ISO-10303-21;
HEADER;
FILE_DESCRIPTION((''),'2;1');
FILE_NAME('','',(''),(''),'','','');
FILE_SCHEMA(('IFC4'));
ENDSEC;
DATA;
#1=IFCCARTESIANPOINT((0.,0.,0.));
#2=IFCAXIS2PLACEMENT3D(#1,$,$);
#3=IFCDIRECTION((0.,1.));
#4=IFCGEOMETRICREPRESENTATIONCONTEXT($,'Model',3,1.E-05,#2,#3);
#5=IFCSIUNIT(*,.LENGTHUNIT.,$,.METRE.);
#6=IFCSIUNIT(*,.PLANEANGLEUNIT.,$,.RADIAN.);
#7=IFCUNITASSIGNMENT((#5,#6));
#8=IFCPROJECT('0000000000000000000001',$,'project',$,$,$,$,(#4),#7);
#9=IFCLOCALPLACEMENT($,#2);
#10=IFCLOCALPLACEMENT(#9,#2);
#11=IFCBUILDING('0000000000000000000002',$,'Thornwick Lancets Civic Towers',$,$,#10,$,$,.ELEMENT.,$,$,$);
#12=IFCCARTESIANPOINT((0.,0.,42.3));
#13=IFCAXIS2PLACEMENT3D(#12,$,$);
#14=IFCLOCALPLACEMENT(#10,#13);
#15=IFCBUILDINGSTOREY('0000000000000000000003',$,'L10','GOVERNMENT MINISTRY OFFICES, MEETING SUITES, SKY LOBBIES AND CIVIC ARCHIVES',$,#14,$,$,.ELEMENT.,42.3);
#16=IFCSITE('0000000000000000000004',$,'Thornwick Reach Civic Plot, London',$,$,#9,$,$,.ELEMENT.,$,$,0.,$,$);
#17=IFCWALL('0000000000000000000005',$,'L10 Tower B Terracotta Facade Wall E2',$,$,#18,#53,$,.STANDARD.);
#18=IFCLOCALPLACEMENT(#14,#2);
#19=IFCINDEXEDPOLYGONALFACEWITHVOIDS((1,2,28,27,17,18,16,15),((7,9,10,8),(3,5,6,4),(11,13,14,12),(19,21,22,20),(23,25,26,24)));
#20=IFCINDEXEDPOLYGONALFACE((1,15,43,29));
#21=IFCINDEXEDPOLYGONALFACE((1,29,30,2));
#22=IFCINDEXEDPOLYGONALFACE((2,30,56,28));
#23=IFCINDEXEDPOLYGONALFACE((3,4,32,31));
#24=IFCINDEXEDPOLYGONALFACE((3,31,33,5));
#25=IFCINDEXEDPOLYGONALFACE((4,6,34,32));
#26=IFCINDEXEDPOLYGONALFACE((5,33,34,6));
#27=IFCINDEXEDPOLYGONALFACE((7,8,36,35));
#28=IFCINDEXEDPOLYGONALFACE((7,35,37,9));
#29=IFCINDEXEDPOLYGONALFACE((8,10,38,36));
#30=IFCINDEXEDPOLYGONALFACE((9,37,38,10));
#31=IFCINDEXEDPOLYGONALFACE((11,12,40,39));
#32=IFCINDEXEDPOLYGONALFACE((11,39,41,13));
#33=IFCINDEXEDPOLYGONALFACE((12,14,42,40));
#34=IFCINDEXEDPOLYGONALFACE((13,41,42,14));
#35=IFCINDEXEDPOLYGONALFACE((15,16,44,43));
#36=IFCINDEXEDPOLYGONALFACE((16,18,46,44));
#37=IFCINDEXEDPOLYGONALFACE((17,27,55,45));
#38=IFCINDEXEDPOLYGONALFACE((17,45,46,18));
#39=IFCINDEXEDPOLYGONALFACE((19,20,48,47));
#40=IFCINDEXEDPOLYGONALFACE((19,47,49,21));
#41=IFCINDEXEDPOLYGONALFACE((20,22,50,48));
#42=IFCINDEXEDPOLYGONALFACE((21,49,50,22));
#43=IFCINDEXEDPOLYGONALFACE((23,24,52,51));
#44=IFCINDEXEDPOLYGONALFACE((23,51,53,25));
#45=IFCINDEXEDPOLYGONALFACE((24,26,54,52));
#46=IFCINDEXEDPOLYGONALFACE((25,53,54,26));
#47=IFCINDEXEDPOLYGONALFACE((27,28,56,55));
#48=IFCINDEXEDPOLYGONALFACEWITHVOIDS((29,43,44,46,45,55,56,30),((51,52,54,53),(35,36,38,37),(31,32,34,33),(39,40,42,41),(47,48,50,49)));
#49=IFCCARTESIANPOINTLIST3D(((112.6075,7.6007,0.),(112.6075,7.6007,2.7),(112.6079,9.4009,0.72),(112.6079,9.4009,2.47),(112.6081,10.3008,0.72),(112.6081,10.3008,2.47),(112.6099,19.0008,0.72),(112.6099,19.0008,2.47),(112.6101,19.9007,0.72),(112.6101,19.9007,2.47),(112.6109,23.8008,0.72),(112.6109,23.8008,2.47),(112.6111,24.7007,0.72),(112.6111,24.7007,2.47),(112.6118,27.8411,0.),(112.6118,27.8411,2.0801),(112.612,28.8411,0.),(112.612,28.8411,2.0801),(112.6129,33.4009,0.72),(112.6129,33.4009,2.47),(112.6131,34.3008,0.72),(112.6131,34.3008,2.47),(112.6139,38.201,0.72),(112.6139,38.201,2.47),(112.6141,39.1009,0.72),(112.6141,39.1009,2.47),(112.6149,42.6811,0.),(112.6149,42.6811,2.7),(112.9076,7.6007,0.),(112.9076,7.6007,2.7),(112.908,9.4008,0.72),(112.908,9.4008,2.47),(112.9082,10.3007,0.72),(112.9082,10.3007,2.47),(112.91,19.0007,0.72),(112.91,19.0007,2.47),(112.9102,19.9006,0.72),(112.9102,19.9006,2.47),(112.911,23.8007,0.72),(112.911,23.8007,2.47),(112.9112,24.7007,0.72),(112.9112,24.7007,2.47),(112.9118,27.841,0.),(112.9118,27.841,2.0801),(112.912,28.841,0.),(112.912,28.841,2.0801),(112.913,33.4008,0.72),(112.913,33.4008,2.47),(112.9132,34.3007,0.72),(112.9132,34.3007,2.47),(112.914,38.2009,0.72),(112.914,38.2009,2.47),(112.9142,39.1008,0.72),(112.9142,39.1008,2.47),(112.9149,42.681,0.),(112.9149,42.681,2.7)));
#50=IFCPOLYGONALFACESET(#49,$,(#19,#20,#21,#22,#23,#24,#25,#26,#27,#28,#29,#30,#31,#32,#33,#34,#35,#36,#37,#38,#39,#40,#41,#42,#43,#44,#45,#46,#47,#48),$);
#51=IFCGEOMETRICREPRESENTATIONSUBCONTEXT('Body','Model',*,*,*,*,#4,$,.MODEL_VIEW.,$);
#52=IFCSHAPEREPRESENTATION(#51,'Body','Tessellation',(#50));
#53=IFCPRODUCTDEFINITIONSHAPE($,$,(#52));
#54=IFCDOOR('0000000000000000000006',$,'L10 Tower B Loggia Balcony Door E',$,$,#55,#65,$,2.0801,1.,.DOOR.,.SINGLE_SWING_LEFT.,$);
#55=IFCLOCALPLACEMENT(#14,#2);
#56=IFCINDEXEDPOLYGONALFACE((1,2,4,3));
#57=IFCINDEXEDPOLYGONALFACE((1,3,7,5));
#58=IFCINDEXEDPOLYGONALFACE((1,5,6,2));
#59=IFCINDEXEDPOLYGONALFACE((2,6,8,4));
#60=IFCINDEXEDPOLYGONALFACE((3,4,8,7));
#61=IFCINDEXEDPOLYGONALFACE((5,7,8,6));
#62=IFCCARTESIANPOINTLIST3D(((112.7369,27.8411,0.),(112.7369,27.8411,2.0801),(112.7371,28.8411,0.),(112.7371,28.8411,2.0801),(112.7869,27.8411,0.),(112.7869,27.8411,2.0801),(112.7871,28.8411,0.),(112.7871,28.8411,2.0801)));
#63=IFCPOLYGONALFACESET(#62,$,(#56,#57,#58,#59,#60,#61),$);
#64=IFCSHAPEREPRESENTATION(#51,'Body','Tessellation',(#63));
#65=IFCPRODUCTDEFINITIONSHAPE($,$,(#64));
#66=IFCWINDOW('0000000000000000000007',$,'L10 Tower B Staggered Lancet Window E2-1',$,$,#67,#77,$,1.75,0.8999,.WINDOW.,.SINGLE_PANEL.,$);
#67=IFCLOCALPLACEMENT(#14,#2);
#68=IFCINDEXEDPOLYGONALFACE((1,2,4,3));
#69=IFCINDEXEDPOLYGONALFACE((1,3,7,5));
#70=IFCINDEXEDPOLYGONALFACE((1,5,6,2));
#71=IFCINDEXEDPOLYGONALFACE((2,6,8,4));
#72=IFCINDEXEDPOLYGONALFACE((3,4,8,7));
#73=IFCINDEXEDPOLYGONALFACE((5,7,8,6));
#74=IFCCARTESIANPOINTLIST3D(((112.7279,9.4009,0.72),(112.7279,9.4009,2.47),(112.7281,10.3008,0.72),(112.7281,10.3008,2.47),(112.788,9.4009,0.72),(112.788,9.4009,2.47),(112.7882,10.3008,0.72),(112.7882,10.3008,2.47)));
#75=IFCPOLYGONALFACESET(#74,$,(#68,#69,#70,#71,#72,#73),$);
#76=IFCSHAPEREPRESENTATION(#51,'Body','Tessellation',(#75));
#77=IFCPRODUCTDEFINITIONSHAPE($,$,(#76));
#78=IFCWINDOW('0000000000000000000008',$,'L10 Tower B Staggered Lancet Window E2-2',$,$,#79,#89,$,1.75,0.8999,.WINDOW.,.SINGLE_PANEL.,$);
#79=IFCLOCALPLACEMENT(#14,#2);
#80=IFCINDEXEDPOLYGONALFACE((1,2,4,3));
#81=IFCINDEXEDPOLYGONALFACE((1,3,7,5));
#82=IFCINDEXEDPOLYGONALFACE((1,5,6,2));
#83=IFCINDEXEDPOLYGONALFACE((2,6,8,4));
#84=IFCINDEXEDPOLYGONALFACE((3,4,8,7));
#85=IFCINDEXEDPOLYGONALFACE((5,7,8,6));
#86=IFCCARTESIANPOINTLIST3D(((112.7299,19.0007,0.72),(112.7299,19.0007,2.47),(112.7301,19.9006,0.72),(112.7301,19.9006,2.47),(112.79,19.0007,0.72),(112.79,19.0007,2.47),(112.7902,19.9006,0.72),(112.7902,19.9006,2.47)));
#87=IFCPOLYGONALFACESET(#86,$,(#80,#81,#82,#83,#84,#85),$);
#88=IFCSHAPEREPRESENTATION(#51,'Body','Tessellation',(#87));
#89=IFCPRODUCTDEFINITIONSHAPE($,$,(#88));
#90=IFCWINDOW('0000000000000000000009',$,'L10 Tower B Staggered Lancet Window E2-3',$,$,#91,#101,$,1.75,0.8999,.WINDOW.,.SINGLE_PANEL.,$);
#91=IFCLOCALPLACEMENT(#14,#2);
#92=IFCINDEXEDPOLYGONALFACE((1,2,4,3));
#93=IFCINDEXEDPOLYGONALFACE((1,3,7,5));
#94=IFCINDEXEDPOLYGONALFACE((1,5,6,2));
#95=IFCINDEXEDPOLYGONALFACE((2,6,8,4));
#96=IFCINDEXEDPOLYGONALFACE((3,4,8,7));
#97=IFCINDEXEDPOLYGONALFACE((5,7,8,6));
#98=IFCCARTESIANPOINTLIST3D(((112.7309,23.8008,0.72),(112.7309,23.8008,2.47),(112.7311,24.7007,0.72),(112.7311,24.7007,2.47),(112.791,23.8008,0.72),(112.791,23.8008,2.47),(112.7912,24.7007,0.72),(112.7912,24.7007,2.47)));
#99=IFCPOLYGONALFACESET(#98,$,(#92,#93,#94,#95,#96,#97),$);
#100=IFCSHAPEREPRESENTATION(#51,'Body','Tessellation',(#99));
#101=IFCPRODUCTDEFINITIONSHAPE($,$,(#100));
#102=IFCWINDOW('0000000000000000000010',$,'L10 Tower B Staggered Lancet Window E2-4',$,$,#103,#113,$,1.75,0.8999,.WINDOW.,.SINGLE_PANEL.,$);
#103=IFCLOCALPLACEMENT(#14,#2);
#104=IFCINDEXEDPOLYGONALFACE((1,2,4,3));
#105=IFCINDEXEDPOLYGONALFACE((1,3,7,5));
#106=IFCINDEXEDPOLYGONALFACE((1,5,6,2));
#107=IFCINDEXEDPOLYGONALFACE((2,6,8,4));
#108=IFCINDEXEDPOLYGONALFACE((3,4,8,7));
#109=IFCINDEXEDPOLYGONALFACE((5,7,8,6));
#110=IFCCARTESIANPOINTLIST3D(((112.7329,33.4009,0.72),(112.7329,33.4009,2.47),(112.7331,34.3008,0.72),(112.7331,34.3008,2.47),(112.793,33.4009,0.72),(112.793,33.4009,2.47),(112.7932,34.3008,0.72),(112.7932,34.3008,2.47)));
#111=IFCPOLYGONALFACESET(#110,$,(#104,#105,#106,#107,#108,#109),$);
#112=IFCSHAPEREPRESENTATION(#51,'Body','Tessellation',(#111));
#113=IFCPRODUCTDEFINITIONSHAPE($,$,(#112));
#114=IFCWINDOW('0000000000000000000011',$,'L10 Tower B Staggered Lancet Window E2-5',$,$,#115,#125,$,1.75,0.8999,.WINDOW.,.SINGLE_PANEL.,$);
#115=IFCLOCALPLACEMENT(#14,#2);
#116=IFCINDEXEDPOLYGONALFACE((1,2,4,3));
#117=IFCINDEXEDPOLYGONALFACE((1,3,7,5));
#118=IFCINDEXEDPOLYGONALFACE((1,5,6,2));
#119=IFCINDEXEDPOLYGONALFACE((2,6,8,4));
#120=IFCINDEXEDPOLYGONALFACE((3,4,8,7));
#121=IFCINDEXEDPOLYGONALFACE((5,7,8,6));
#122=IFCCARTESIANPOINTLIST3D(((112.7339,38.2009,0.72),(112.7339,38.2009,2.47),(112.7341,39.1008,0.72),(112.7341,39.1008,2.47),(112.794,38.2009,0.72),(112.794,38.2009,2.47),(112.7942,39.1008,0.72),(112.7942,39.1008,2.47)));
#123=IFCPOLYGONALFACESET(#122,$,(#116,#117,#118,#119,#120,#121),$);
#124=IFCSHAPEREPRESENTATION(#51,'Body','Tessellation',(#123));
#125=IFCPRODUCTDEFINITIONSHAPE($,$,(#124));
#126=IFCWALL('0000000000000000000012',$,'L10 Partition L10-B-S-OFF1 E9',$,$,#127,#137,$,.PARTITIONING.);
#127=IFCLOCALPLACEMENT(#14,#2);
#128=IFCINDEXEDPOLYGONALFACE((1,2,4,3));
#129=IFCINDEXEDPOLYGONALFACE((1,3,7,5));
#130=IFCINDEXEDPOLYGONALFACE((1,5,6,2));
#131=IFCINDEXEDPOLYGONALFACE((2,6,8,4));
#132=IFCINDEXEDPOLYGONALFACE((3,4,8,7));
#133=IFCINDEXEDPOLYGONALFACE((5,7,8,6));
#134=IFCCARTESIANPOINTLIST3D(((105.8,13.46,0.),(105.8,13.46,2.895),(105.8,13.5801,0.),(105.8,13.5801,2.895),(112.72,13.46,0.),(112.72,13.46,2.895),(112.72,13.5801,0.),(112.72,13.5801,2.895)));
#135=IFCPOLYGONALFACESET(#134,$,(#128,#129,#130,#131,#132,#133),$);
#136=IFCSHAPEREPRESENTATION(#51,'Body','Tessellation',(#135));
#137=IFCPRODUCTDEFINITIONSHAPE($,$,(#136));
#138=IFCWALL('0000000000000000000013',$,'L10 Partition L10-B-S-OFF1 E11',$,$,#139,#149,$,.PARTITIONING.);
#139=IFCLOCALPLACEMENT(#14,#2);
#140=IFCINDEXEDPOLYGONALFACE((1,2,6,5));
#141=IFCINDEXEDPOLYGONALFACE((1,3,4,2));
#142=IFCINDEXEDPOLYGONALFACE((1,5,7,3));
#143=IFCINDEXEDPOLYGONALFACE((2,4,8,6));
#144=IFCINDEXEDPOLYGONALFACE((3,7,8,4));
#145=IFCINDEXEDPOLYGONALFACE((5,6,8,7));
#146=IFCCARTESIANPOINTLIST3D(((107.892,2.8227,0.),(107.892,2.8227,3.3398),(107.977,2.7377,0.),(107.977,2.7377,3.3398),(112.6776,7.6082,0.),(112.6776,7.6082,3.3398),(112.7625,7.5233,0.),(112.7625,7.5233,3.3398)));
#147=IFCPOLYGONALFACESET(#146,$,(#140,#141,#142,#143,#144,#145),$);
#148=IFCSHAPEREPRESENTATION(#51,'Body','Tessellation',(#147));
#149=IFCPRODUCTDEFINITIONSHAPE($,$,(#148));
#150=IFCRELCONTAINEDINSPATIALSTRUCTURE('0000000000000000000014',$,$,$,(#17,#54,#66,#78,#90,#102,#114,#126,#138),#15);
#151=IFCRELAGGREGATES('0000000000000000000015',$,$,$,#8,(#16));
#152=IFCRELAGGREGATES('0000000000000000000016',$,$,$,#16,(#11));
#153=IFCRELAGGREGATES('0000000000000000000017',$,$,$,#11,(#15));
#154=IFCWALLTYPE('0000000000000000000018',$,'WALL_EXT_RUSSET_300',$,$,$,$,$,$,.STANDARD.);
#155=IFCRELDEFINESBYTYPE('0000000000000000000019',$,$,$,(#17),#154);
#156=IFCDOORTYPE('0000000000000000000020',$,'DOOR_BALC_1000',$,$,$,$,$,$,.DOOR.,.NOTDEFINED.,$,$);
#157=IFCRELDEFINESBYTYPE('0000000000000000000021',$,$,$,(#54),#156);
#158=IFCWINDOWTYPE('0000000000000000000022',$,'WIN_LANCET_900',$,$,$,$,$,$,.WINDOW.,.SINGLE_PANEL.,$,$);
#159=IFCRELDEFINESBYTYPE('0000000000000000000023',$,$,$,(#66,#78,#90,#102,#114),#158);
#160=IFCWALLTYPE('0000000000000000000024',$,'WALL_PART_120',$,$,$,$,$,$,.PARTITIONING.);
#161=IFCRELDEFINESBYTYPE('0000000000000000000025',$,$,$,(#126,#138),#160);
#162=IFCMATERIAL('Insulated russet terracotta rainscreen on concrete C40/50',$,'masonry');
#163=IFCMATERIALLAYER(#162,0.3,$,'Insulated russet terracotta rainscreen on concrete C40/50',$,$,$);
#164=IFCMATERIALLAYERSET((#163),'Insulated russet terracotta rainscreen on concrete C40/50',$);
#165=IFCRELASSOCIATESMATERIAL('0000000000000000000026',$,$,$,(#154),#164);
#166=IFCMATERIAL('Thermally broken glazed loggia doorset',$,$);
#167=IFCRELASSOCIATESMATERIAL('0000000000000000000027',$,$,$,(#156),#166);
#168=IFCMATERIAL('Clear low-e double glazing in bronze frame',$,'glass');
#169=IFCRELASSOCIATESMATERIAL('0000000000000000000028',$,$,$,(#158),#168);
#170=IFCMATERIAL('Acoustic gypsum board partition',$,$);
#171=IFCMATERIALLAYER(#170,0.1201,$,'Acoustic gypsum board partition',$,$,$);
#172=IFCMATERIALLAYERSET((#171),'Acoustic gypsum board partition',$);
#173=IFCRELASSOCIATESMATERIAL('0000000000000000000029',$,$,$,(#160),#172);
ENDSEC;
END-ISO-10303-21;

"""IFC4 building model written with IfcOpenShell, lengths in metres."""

from ifc_helpers import new_model, si_unit, direction, frame, frame_2d, origin, place, context, subcontext, project, spatial, rectangle, extrude, material, layer, layer_set, type_object, element, fill, save


model = new_model("IFC4")

# Units and contexts
model_context = context("Model", 3, precision=1e-05, world=origin(), true_north=direction((0.0, 1.0)))
body_context = subcontext(model_context, "Body", "Model", "MODEL_VIEW")
ifc_project = project(units=[si_unit("LENGTHUNIT", "METRE"), si_unit("PLANEANGLEUNIT", "RADIAN")], contexts=[model_context])

# Site, building, storey
site_placement = place(None, origin())
site = spatial("IfcSite", under=ifc_project, at=site_placement, Name="Thornwick Reach Civic Plot, London", CompositionType="ELEMENT", RefElevation=0.0)
building_placement = place(site_placement, origin())
building = spatial("IfcBuilding", under=site, at=building_placement, Name="Thornwick Lancets Civic Towers", CompositionType="ELEMENT")
storey_placement = place(building_placement, frame((0.0, 0.0, 42.3)))
storey = spatial("IfcBuildingStorey", under=building, at=storey_placement, Name="L10", Description="GOVERNMENT MINISTRY OFFICES, MEETING SUITES, SKY LOBBIES AND CIVIC ARCHIVES", CompositionType="ELEMENT", Elevation=42.3)

# Wall, openings, door, windows
ifc_material_1 = material(Name="Insulated russet terracotta rainscreen on concrete C40/50", Category="masonry")
ifc_layer_1 = layer(ifc_material_1, 0.3, Name="Insulated russet terracotta rainscreen on concrete C40/50")
ifc_layer_set_1 = layer_set([ifc_layer_1], Name="Insulated russet terracotta rainscreen on concrete C40/50")
wall_type_1 = type_object("IfcWallType", Name="WALL_EXT_RUSSET_300", PredefinedType="STANDARD", material=ifc_layer_set_1)
wall_1_placement = place(storey_placement, frame((112.7576, 7.6008, 0.0), z_axis=(0.0, 0.0, 1.0), x_axis=(0.000209, 1.0, 0.0)))
wall_1 = element("IfcWall", 1, at=wall_1_placement, inside=storey, type_object=wall_type_1, Name="L10 Tower B Terracotta Facade Wall E2", PredefinedType="STANDARD", context=body_context, shape_type="SweptSolid", body=[
    extrude(rectangle(XDim=35.0803, YDim=0.3, at=frame_2d((17.54, 0.0))), origin(), (0.0, 0.0, 1.0), 2.7),
])
opening_1_placement = place(wall_1_placement, frame((20.2402, 0.0, 0.0)))
opening_1 = element("IfcOpeningElement", 2, at=opening_1_placement, cuts=wall_1, PredefinedType="OPENING", context=body_context, shape_type="SweptSolid", body=[
    extrude(rectangle(XDim=1.0, YDim=2.0801, at=frame_2d((0.5, 1.04))), frame((0.0, 0.1602, 0.0), z_axis=(0.0, -1.0, 0.0), x_axis=(1.0, 0.0, 0.0)), (0.0, 0.0, 1.0), 0.3201),
])
opening_2_placement = place(wall_1_placement, frame((1.8, 0.0, 0.72)))
opening_2 = element("IfcOpeningElement", 3, at=opening_2_placement, cuts=wall_1, PredefinedType="OPENING", context=body_context, shape_type="SweptSolid", body=[
    extrude(rectangle(XDim=0.8999, YDim=1.75, at=frame_2d((0.45, 0.875))), frame((0.0, 0.1602, 0.0), z_axis=(0.0, -1.0, 0.0), x_axis=(1.0, 0.0, 0.0)), (0.0, 0.0, 1.0), 0.3201),
])
opening_3_placement = place(wall_1_placement, frame((11.3999, 0.0, 0.72)))
opening_3 = element("IfcOpeningElement", 4, at=opening_3_placement, cuts=wall_1, PredefinedType="OPENING", context=body_context, shape_type="SweptSolid", body=[
    extrude(rectangle(XDim=0.8999, YDim=1.75, at=frame_2d((0.45, 0.875))), frame((0.0, 0.1602, 0.0), z_axis=(0.0, -1.0, 0.0), x_axis=(1.0, 0.0, 0.0)), (0.0, 0.0, 1.0), 0.3201),
])
opening_4_placement = place(wall_1_placement, frame((16.2, 0.0, 0.72)))
opening_4 = element("IfcOpeningElement", 5, at=opening_4_placement, cuts=wall_1, PredefinedType="OPENING", context=body_context, shape_type="SweptSolid", body=[
    extrude(rectangle(XDim=0.8999, YDim=1.75, at=frame_2d((0.45, 0.875))), frame((0.0, 0.1602, 0.0), z_axis=(0.0, -1.0, 0.0), x_axis=(1.0, 0.0, 0.0)), (0.0, 0.0, 1.0), 0.3201),
])
opening_5_placement = place(wall_1_placement, frame((25.8, 0.0, 0.72)))
opening_5 = element("IfcOpeningElement", 6, at=opening_5_placement, cuts=wall_1, PredefinedType="OPENING", context=body_context, shape_type="SweptSolid", body=[
    extrude(rectangle(XDim=0.8999, YDim=1.75, at=frame_2d((0.45, 0.875))), frame((0.0, 0.1602, 0.0), z_axis=(0.0, -1.0, 0.0), x_axis=(1.0, 0.0, 0.0)), (0.0, 0.0, 1.0), 0.3201),
])
opening_6_placement = place(wall_1_placement, frame((30.6001, 0.0, 0.72)))
opening_6 = element("IfcOpeningElement", 7, at=opening_6_placement, cuts=wall_1, PredefinedType="OPENING", context=body_context, shape_type="SweptSolid", body=[
    extrude(rectangle(XDim=0.8999, YDim=1.75, at=frame_2d((0.45, 0.875))), frame((0.0, 0.1602, 0.0), z_axis=(0.0, -1.0, 0.0), x_axis=(1.0, 0.0, 0.0)), (0.0, 0.0, 1.0), 0.3201),
])
ifc_material_2 = material(Name="Thermally broken glazed loggia doorset")
door_type = type_object("IfcDoorType", Name="DOOR_BALC_1000", OperationType="NOTDEFINED", PredefinedType="DOOR", material=ifc_material_2)
door_placement = place(opening_1_placement, origin())
door = element("IfcDoor", 8, at=door_placement, inside=storey, type_object=door_type, Name="L10 Tower B Loggia Balcony Door E", OperationType="SINGLE_SWING_LEFT", OverallHeight=2.0801, OverallWidth=1.0, PredefinedType="DOOR", context=body_context, shape_type="SweptSolid", body=[
    extrude(rectangle(XDim=1.0, YDim=2.0801, at=frame_2d((0.5, 1.04))), frame((0.0, 0.0249, 0.0), z_axis=(0.0, -1.0, 0.0), x_axis=(1.0, 0.0, 0.0)), (0.0, 0.0, 1.0), 0.05),
])
fill(opening_1, door)
ifc_material_3 = material(Name="Clear low-e double glazing in bronze frame", Category="glass")
window_type = type_object("IfcWindowType", Name="WIN_LANCET_900", PartitioningType="SINGLE_PANEL", PredefinedType="WINDOW", material=ifc_material_3)
window_1_placement = place(opening_2_placement, origin())
window_1 = element("IfcWindow", 9, at=window_1_placement, inside=storey, type_object=window_type, Name="L10 Tower B Staggered Lancet Window E2-1", OverallHeight=1.75, OverallWidth=0.8999, PartitioningType="SINGLE_PANEL", PredefinedType="WINDOW", context=body_context, shape_type="SweptSolid", body=[
    extrude(rectangle(XDim=0.8999, YDim=1.75, at=frame_2d((0.45, 0.875))), frame((0.0, 0.03, 0.0), z_axis=(0.0, -1.0, 0.0), x_axis=(1.0, 0.0, 0.0)), (0.0, 0.0, 1.0), 0.0601),
])
fill(opening_2, window_1)
window_2_placement = place(opening_3_placement, origin())
window_2 = element("IfcWindow", 10, at=window_2_placement, inside=storey, type_object=window_type, Name="L10 Tower B Staggered Lancet Window E2-2", OverallHeight=1.75, OverallWidth=0.8999, PartitioningType="SINGLE_PANEL", PredefinedType="WINDOW", context=body_context, shape_type="SweptSolid", body=[
    extrude(rectangle(XDim=0.8999, YDim=1.75, at=frame_2d((0.45, 0.875))), frame((0.0, 0.03, 0.0), z_axis=(0.0, -1.0, 0.0), x_axis=(1.0, 0.0, 0.0)), (0.0, 0.0, 1.0), 0.0601),
])
fill(opening_3, window_2)
window_3_placement = place(opening_4_placement, origin())
window_3 = element("IfcWindow", 11, at=window_3_placement, inside=storey, type_object=window_type, Name="L10 Tower B Staggered Lancet Window E2-3", OverallHeight=1.75, OverallWidth=0.8999, PartitioningType="SINGLE_PANEL", PredefinedType="WINDOW", context=body_context, shape_type="SweptSolid", body=[
    extrude(rectangle(XDim=0.8999, YDim=1.75, at=frame_2d((0.45, 0.875))), frame((0.0, 0.03, 0.0), z_axis=(0.0, -1.0, 0.0), x_axis=(1.0, 0.0, 0.0)), (0.0, 0.0, 1.0), 0.0601),
])
fill(opening_4, window_3)
window_4_placement = place(opening_5_placement, origin())
window_4 = element("IfcWindow", 12, at=window_4_placement, inside=storey, type_object=window_type, Name="L10 Tower B Staggered Lancet Window E2-4", OverallHeight=1.75, OverallWidth=0.8999, PartitioningType="SINGLE_PANEL", PredefinedType="WINDOW", context=body_context, shape_type="SweptSolid", body=[
    extrude(rectangle(XDim=0.8999, YDim=1.75, at=frame_2d((0.45, 0.875))), frame((0.0, 0.03, 0.0), z_axis=(0.0, -1.0, 0.0), x_axis=(1.0, 0.0, 0.0)), (0.0, 0.0, 1.0), 0.0601),
])
fill(opening_5, window_4)
window_5_placement = place(opening_6_placement, origin())
window_5 = element("IfcWindow", 13, at=window_5_placement, inside=storey, type_object=window_type, Name="L10 Tower B Staggered Lancet Window E2-5", OverallHeight=1.75, OverallWidth=0.8999, PartitioningType="SINGLE_PANEL", PredefinedType="WINDOW", context=body_context, shape_type="SweptSolid", body=[
    extrude(rectangle(XDim=0.8999, YDim=1.75, at=frame_2d((0.45, 0.875))), frame((0.0, 0.03, 0.0), z_axis=(0.0, -1.0, 0.0), x_axis=(1.0, 0.0, 0.0)), (0.0, 0.0, 1.0), 0.0601),
])
fill(opening_6, window_5)

# Walls
ifc_material_4 = material(Name="Acoustic gypsum board partition")
ifc_layer_2 = layer(ifc_material_4, 0.1201, Name="Acoustic gypsum board partition")
ifc_layer_set_2 = layer_set([ifc_layer_2], Name="Acoustic gypsum board partition")
wall_type_2 = type_object("IfcWallType", Name="WALL_PART_120", PredefinedType="PARTITIONING", material=ifc_layer_set_2)
wall_2_placement = place(storey_placement, frame((105.8, 13.52, 0.0), z_axis=(0.0, 0.0, 1.0), x_axis=(1.0, 0.0, 0.0)))
element("IfcWall", 14, at=wall_2_placement, inside=storey, type_object=wall_type_2, Name="L10 Partition L10-B-S-OFF1 E9", PredefinedType="PARTITIONING", context=body_context, shape_type="SweptSolid", body=[
    extrude(rectangle(XDim=6.9199, YDim=0.1201, at=frame_2d((3.46, 0.0))), origin(), (0.0, 0.0, 1.0), 2.895),
])
wall_3_placement = place(storey_placement, frame((112.72, 7.5657, 0.0), z_axis=(0.0, 0.0, 1.0), x_axis=(-0.707107, -0.707107, 0.0)))
element("IfcWall", 15, at=wall_3_placement, inside=storey, type_object=wall_type_2, Name="L10 Partition L10-B-S-OFF1 E11", PredefinedType="PARTITIONING", context=body_context, shape_type="SweptSolid", body=[
    extrude(rectangle(XDim=6.7678, YDim=0.1201, at=frame_2d((3.3838, 0.0))), origin(), (0.0, 0.0, 1.0), 3.3398),
])

save(model, "model.ifc")
